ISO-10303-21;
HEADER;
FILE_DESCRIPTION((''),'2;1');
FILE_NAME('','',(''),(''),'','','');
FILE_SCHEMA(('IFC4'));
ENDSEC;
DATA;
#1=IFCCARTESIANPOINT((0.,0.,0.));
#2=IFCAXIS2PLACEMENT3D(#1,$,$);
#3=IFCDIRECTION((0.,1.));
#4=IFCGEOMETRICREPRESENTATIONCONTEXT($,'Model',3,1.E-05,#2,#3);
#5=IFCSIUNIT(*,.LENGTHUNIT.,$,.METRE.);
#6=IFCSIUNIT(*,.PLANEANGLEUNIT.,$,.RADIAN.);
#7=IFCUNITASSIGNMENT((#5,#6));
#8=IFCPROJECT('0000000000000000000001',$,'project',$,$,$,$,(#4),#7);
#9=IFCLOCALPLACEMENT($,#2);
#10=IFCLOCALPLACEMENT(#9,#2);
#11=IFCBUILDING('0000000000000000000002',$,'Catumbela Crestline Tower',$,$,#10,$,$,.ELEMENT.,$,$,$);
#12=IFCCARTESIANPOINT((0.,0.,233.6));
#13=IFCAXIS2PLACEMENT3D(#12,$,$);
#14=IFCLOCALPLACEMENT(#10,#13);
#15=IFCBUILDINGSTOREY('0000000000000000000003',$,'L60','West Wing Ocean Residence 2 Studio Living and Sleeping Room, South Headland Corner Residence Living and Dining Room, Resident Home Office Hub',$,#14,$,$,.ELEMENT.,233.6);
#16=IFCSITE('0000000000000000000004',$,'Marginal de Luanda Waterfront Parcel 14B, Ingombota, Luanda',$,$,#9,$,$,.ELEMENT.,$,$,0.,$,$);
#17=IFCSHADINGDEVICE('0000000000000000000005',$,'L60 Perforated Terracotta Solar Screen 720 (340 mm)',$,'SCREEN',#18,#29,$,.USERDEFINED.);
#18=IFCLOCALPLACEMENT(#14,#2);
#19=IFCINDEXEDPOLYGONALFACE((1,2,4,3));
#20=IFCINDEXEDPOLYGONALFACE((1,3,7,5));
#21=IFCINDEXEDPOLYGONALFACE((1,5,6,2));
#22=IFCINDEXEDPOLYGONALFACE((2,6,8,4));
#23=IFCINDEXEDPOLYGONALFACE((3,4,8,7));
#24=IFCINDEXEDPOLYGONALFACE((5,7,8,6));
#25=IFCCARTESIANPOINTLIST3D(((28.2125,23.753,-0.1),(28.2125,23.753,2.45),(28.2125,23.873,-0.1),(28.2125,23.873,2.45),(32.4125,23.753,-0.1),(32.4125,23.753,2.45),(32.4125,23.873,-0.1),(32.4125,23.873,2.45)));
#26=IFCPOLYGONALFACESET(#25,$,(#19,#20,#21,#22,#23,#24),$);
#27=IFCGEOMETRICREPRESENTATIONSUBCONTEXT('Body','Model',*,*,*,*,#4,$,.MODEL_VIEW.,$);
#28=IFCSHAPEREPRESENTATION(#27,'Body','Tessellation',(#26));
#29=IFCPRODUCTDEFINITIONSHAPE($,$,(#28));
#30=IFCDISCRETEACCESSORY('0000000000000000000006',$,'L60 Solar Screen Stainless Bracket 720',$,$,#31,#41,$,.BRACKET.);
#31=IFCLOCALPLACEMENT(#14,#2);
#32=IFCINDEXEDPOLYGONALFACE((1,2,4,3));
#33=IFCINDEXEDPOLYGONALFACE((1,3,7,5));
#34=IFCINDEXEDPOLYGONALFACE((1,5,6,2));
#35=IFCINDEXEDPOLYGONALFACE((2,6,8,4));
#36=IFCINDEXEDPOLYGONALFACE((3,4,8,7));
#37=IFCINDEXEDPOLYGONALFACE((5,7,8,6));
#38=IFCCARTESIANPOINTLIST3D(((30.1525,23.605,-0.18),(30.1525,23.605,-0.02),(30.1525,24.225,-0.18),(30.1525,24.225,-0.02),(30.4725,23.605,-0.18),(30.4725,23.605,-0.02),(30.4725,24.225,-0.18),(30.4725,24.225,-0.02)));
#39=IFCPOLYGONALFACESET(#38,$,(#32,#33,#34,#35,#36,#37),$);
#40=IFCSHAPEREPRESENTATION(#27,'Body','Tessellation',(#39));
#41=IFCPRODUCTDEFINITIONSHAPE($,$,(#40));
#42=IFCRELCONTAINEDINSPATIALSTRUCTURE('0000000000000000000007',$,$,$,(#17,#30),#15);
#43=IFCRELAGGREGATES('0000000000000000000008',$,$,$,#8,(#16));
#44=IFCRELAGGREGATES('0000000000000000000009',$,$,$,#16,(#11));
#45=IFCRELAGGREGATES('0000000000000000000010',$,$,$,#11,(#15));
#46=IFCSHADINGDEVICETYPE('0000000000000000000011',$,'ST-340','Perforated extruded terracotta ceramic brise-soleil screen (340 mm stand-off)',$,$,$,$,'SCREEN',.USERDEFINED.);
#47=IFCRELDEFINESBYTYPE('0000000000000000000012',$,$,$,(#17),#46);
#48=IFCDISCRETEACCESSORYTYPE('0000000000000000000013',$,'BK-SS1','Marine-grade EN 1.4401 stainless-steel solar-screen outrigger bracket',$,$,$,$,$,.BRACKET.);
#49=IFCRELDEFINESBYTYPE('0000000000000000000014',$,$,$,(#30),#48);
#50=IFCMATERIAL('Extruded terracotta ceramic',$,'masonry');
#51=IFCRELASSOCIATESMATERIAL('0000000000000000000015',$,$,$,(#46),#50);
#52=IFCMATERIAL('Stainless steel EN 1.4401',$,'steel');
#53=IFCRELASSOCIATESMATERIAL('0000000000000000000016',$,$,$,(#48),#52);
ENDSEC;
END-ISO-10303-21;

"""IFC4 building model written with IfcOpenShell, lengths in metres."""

from ifc_helpers import new_model, si_unit, direction, frame, origin, origin_2d, place, context, subcontext, project, spatial, rectangle, extrude, material, type_object, element, save


model = new_model("IFC4")

# Units and contexts
model_context = context("Model", 3, precision=1e-05, world=origin(), true_north=direction((0.0, 1.0)))
body_context = subcontext(model_context, "Body", "Model", "MODEL_VIEW")
ifc_project = project(units=[si_unit("LENGTHUNIT", "METRE"), si_unit("PLANEANGLEUNIT", "RADIAN")], contexts=[model_context])

# Site, building, storey
site_placement = place(None, origin())
site = spatial("IfcSite", under=ifc_project, at=site_placement, Name="Marginal de Luanda Waterfront Parcel 14B, Ingombota, Luanda", CompositionType="ELEMENT", RefElevation=0.0)
building_placement = place(site_placement, origin())
building = spatial("IfcBuilding", under=site, at=building_placement, Name="Catumbela Crestline Tower", CompositionType="ELEMENT")
storey_placement = place(building_placement, frame((0.0, 0.0, 233.6)))
storey = spatial("IfcBuildingStorey", under=building, at=storey_placement, Name="L60", Description="West Wing Ocean Residence 2 Studio Living and Sleeping Room, South Headland Corner Residence Living and Dining Room, Resident Home Office Hub", CompositionType="ELEMENT", Elevation=233.6)

# Shared definitions
ifc_material_1 = material(Name="Stainless steel EN 1.4401", Category="steel")

# Shading device
ifc_material_2 = material(Name="Extruded terracotta ceramic", Category="masonry")
shading_device_type = type_object("IfcShadingDeviceType", Name="ST-340", Description="Perforated extruded terracotta ceramic brise-soleil screen (340 mm stand-off)", ElementType="SCREEN", PredefinedType="USERDEFINED", material=ifc_material_2)
shading_device_placement = place(storey_placement, frame((30.3125, 23.813, -0.1), z_axis=(0.0, 0.0, 1.0), x_axis=(1.0, 0.0, 0.0)))
element("IfcShadingDevice", 1, at=shading_device_placement, inside=storey, type_object=shading_device_type, Name="L60 Perforated Terracotta Solar Screen 720 (340 mm)", ObjectType="SCREEN", PredefinedType="USERDEFINED", context=body_context, shape_type="SweptSolid", body=[
    extrude(rectangle(XDim=4.2, YDim=0.12, at=origin_2d()), origin(), (0.0, 0.0, 1.0), 2.55),
])

# Discrete accessory
discrete_accessory_type = type_object("IfcDiscreteAccessoryType", Name="BK-SS1", Description="Marine-grade EN 1.4401 stainless-steel solar-screen outrigger bracket", PredefinedType="BRACKET", material=ifc_material_1)
discrete_accessory_placement = place(storey_placement, frame((30.3125, 23.915, -0.18), z_axis=(0.0, 0.0, 1.0), x_axis=(1.0, 0.0, 0.0)))
element("IfcDiscreteAccessory", 2, at=discrete_accessory_placement, inside=storey, type_object=discrete_accessory_type, Name="L60 Solar Screen Stainless Bracket 720", PredefinedType="BRACKET", context=body_context, shape_type="SweptSolid", body=[
    extrude(rectangle(XDim=0.32, YDim=0.62, at=origin_2d()), origin(), (0.0, 0.0, 1.0), 0.16),
])

save(model, "model.ifc")
